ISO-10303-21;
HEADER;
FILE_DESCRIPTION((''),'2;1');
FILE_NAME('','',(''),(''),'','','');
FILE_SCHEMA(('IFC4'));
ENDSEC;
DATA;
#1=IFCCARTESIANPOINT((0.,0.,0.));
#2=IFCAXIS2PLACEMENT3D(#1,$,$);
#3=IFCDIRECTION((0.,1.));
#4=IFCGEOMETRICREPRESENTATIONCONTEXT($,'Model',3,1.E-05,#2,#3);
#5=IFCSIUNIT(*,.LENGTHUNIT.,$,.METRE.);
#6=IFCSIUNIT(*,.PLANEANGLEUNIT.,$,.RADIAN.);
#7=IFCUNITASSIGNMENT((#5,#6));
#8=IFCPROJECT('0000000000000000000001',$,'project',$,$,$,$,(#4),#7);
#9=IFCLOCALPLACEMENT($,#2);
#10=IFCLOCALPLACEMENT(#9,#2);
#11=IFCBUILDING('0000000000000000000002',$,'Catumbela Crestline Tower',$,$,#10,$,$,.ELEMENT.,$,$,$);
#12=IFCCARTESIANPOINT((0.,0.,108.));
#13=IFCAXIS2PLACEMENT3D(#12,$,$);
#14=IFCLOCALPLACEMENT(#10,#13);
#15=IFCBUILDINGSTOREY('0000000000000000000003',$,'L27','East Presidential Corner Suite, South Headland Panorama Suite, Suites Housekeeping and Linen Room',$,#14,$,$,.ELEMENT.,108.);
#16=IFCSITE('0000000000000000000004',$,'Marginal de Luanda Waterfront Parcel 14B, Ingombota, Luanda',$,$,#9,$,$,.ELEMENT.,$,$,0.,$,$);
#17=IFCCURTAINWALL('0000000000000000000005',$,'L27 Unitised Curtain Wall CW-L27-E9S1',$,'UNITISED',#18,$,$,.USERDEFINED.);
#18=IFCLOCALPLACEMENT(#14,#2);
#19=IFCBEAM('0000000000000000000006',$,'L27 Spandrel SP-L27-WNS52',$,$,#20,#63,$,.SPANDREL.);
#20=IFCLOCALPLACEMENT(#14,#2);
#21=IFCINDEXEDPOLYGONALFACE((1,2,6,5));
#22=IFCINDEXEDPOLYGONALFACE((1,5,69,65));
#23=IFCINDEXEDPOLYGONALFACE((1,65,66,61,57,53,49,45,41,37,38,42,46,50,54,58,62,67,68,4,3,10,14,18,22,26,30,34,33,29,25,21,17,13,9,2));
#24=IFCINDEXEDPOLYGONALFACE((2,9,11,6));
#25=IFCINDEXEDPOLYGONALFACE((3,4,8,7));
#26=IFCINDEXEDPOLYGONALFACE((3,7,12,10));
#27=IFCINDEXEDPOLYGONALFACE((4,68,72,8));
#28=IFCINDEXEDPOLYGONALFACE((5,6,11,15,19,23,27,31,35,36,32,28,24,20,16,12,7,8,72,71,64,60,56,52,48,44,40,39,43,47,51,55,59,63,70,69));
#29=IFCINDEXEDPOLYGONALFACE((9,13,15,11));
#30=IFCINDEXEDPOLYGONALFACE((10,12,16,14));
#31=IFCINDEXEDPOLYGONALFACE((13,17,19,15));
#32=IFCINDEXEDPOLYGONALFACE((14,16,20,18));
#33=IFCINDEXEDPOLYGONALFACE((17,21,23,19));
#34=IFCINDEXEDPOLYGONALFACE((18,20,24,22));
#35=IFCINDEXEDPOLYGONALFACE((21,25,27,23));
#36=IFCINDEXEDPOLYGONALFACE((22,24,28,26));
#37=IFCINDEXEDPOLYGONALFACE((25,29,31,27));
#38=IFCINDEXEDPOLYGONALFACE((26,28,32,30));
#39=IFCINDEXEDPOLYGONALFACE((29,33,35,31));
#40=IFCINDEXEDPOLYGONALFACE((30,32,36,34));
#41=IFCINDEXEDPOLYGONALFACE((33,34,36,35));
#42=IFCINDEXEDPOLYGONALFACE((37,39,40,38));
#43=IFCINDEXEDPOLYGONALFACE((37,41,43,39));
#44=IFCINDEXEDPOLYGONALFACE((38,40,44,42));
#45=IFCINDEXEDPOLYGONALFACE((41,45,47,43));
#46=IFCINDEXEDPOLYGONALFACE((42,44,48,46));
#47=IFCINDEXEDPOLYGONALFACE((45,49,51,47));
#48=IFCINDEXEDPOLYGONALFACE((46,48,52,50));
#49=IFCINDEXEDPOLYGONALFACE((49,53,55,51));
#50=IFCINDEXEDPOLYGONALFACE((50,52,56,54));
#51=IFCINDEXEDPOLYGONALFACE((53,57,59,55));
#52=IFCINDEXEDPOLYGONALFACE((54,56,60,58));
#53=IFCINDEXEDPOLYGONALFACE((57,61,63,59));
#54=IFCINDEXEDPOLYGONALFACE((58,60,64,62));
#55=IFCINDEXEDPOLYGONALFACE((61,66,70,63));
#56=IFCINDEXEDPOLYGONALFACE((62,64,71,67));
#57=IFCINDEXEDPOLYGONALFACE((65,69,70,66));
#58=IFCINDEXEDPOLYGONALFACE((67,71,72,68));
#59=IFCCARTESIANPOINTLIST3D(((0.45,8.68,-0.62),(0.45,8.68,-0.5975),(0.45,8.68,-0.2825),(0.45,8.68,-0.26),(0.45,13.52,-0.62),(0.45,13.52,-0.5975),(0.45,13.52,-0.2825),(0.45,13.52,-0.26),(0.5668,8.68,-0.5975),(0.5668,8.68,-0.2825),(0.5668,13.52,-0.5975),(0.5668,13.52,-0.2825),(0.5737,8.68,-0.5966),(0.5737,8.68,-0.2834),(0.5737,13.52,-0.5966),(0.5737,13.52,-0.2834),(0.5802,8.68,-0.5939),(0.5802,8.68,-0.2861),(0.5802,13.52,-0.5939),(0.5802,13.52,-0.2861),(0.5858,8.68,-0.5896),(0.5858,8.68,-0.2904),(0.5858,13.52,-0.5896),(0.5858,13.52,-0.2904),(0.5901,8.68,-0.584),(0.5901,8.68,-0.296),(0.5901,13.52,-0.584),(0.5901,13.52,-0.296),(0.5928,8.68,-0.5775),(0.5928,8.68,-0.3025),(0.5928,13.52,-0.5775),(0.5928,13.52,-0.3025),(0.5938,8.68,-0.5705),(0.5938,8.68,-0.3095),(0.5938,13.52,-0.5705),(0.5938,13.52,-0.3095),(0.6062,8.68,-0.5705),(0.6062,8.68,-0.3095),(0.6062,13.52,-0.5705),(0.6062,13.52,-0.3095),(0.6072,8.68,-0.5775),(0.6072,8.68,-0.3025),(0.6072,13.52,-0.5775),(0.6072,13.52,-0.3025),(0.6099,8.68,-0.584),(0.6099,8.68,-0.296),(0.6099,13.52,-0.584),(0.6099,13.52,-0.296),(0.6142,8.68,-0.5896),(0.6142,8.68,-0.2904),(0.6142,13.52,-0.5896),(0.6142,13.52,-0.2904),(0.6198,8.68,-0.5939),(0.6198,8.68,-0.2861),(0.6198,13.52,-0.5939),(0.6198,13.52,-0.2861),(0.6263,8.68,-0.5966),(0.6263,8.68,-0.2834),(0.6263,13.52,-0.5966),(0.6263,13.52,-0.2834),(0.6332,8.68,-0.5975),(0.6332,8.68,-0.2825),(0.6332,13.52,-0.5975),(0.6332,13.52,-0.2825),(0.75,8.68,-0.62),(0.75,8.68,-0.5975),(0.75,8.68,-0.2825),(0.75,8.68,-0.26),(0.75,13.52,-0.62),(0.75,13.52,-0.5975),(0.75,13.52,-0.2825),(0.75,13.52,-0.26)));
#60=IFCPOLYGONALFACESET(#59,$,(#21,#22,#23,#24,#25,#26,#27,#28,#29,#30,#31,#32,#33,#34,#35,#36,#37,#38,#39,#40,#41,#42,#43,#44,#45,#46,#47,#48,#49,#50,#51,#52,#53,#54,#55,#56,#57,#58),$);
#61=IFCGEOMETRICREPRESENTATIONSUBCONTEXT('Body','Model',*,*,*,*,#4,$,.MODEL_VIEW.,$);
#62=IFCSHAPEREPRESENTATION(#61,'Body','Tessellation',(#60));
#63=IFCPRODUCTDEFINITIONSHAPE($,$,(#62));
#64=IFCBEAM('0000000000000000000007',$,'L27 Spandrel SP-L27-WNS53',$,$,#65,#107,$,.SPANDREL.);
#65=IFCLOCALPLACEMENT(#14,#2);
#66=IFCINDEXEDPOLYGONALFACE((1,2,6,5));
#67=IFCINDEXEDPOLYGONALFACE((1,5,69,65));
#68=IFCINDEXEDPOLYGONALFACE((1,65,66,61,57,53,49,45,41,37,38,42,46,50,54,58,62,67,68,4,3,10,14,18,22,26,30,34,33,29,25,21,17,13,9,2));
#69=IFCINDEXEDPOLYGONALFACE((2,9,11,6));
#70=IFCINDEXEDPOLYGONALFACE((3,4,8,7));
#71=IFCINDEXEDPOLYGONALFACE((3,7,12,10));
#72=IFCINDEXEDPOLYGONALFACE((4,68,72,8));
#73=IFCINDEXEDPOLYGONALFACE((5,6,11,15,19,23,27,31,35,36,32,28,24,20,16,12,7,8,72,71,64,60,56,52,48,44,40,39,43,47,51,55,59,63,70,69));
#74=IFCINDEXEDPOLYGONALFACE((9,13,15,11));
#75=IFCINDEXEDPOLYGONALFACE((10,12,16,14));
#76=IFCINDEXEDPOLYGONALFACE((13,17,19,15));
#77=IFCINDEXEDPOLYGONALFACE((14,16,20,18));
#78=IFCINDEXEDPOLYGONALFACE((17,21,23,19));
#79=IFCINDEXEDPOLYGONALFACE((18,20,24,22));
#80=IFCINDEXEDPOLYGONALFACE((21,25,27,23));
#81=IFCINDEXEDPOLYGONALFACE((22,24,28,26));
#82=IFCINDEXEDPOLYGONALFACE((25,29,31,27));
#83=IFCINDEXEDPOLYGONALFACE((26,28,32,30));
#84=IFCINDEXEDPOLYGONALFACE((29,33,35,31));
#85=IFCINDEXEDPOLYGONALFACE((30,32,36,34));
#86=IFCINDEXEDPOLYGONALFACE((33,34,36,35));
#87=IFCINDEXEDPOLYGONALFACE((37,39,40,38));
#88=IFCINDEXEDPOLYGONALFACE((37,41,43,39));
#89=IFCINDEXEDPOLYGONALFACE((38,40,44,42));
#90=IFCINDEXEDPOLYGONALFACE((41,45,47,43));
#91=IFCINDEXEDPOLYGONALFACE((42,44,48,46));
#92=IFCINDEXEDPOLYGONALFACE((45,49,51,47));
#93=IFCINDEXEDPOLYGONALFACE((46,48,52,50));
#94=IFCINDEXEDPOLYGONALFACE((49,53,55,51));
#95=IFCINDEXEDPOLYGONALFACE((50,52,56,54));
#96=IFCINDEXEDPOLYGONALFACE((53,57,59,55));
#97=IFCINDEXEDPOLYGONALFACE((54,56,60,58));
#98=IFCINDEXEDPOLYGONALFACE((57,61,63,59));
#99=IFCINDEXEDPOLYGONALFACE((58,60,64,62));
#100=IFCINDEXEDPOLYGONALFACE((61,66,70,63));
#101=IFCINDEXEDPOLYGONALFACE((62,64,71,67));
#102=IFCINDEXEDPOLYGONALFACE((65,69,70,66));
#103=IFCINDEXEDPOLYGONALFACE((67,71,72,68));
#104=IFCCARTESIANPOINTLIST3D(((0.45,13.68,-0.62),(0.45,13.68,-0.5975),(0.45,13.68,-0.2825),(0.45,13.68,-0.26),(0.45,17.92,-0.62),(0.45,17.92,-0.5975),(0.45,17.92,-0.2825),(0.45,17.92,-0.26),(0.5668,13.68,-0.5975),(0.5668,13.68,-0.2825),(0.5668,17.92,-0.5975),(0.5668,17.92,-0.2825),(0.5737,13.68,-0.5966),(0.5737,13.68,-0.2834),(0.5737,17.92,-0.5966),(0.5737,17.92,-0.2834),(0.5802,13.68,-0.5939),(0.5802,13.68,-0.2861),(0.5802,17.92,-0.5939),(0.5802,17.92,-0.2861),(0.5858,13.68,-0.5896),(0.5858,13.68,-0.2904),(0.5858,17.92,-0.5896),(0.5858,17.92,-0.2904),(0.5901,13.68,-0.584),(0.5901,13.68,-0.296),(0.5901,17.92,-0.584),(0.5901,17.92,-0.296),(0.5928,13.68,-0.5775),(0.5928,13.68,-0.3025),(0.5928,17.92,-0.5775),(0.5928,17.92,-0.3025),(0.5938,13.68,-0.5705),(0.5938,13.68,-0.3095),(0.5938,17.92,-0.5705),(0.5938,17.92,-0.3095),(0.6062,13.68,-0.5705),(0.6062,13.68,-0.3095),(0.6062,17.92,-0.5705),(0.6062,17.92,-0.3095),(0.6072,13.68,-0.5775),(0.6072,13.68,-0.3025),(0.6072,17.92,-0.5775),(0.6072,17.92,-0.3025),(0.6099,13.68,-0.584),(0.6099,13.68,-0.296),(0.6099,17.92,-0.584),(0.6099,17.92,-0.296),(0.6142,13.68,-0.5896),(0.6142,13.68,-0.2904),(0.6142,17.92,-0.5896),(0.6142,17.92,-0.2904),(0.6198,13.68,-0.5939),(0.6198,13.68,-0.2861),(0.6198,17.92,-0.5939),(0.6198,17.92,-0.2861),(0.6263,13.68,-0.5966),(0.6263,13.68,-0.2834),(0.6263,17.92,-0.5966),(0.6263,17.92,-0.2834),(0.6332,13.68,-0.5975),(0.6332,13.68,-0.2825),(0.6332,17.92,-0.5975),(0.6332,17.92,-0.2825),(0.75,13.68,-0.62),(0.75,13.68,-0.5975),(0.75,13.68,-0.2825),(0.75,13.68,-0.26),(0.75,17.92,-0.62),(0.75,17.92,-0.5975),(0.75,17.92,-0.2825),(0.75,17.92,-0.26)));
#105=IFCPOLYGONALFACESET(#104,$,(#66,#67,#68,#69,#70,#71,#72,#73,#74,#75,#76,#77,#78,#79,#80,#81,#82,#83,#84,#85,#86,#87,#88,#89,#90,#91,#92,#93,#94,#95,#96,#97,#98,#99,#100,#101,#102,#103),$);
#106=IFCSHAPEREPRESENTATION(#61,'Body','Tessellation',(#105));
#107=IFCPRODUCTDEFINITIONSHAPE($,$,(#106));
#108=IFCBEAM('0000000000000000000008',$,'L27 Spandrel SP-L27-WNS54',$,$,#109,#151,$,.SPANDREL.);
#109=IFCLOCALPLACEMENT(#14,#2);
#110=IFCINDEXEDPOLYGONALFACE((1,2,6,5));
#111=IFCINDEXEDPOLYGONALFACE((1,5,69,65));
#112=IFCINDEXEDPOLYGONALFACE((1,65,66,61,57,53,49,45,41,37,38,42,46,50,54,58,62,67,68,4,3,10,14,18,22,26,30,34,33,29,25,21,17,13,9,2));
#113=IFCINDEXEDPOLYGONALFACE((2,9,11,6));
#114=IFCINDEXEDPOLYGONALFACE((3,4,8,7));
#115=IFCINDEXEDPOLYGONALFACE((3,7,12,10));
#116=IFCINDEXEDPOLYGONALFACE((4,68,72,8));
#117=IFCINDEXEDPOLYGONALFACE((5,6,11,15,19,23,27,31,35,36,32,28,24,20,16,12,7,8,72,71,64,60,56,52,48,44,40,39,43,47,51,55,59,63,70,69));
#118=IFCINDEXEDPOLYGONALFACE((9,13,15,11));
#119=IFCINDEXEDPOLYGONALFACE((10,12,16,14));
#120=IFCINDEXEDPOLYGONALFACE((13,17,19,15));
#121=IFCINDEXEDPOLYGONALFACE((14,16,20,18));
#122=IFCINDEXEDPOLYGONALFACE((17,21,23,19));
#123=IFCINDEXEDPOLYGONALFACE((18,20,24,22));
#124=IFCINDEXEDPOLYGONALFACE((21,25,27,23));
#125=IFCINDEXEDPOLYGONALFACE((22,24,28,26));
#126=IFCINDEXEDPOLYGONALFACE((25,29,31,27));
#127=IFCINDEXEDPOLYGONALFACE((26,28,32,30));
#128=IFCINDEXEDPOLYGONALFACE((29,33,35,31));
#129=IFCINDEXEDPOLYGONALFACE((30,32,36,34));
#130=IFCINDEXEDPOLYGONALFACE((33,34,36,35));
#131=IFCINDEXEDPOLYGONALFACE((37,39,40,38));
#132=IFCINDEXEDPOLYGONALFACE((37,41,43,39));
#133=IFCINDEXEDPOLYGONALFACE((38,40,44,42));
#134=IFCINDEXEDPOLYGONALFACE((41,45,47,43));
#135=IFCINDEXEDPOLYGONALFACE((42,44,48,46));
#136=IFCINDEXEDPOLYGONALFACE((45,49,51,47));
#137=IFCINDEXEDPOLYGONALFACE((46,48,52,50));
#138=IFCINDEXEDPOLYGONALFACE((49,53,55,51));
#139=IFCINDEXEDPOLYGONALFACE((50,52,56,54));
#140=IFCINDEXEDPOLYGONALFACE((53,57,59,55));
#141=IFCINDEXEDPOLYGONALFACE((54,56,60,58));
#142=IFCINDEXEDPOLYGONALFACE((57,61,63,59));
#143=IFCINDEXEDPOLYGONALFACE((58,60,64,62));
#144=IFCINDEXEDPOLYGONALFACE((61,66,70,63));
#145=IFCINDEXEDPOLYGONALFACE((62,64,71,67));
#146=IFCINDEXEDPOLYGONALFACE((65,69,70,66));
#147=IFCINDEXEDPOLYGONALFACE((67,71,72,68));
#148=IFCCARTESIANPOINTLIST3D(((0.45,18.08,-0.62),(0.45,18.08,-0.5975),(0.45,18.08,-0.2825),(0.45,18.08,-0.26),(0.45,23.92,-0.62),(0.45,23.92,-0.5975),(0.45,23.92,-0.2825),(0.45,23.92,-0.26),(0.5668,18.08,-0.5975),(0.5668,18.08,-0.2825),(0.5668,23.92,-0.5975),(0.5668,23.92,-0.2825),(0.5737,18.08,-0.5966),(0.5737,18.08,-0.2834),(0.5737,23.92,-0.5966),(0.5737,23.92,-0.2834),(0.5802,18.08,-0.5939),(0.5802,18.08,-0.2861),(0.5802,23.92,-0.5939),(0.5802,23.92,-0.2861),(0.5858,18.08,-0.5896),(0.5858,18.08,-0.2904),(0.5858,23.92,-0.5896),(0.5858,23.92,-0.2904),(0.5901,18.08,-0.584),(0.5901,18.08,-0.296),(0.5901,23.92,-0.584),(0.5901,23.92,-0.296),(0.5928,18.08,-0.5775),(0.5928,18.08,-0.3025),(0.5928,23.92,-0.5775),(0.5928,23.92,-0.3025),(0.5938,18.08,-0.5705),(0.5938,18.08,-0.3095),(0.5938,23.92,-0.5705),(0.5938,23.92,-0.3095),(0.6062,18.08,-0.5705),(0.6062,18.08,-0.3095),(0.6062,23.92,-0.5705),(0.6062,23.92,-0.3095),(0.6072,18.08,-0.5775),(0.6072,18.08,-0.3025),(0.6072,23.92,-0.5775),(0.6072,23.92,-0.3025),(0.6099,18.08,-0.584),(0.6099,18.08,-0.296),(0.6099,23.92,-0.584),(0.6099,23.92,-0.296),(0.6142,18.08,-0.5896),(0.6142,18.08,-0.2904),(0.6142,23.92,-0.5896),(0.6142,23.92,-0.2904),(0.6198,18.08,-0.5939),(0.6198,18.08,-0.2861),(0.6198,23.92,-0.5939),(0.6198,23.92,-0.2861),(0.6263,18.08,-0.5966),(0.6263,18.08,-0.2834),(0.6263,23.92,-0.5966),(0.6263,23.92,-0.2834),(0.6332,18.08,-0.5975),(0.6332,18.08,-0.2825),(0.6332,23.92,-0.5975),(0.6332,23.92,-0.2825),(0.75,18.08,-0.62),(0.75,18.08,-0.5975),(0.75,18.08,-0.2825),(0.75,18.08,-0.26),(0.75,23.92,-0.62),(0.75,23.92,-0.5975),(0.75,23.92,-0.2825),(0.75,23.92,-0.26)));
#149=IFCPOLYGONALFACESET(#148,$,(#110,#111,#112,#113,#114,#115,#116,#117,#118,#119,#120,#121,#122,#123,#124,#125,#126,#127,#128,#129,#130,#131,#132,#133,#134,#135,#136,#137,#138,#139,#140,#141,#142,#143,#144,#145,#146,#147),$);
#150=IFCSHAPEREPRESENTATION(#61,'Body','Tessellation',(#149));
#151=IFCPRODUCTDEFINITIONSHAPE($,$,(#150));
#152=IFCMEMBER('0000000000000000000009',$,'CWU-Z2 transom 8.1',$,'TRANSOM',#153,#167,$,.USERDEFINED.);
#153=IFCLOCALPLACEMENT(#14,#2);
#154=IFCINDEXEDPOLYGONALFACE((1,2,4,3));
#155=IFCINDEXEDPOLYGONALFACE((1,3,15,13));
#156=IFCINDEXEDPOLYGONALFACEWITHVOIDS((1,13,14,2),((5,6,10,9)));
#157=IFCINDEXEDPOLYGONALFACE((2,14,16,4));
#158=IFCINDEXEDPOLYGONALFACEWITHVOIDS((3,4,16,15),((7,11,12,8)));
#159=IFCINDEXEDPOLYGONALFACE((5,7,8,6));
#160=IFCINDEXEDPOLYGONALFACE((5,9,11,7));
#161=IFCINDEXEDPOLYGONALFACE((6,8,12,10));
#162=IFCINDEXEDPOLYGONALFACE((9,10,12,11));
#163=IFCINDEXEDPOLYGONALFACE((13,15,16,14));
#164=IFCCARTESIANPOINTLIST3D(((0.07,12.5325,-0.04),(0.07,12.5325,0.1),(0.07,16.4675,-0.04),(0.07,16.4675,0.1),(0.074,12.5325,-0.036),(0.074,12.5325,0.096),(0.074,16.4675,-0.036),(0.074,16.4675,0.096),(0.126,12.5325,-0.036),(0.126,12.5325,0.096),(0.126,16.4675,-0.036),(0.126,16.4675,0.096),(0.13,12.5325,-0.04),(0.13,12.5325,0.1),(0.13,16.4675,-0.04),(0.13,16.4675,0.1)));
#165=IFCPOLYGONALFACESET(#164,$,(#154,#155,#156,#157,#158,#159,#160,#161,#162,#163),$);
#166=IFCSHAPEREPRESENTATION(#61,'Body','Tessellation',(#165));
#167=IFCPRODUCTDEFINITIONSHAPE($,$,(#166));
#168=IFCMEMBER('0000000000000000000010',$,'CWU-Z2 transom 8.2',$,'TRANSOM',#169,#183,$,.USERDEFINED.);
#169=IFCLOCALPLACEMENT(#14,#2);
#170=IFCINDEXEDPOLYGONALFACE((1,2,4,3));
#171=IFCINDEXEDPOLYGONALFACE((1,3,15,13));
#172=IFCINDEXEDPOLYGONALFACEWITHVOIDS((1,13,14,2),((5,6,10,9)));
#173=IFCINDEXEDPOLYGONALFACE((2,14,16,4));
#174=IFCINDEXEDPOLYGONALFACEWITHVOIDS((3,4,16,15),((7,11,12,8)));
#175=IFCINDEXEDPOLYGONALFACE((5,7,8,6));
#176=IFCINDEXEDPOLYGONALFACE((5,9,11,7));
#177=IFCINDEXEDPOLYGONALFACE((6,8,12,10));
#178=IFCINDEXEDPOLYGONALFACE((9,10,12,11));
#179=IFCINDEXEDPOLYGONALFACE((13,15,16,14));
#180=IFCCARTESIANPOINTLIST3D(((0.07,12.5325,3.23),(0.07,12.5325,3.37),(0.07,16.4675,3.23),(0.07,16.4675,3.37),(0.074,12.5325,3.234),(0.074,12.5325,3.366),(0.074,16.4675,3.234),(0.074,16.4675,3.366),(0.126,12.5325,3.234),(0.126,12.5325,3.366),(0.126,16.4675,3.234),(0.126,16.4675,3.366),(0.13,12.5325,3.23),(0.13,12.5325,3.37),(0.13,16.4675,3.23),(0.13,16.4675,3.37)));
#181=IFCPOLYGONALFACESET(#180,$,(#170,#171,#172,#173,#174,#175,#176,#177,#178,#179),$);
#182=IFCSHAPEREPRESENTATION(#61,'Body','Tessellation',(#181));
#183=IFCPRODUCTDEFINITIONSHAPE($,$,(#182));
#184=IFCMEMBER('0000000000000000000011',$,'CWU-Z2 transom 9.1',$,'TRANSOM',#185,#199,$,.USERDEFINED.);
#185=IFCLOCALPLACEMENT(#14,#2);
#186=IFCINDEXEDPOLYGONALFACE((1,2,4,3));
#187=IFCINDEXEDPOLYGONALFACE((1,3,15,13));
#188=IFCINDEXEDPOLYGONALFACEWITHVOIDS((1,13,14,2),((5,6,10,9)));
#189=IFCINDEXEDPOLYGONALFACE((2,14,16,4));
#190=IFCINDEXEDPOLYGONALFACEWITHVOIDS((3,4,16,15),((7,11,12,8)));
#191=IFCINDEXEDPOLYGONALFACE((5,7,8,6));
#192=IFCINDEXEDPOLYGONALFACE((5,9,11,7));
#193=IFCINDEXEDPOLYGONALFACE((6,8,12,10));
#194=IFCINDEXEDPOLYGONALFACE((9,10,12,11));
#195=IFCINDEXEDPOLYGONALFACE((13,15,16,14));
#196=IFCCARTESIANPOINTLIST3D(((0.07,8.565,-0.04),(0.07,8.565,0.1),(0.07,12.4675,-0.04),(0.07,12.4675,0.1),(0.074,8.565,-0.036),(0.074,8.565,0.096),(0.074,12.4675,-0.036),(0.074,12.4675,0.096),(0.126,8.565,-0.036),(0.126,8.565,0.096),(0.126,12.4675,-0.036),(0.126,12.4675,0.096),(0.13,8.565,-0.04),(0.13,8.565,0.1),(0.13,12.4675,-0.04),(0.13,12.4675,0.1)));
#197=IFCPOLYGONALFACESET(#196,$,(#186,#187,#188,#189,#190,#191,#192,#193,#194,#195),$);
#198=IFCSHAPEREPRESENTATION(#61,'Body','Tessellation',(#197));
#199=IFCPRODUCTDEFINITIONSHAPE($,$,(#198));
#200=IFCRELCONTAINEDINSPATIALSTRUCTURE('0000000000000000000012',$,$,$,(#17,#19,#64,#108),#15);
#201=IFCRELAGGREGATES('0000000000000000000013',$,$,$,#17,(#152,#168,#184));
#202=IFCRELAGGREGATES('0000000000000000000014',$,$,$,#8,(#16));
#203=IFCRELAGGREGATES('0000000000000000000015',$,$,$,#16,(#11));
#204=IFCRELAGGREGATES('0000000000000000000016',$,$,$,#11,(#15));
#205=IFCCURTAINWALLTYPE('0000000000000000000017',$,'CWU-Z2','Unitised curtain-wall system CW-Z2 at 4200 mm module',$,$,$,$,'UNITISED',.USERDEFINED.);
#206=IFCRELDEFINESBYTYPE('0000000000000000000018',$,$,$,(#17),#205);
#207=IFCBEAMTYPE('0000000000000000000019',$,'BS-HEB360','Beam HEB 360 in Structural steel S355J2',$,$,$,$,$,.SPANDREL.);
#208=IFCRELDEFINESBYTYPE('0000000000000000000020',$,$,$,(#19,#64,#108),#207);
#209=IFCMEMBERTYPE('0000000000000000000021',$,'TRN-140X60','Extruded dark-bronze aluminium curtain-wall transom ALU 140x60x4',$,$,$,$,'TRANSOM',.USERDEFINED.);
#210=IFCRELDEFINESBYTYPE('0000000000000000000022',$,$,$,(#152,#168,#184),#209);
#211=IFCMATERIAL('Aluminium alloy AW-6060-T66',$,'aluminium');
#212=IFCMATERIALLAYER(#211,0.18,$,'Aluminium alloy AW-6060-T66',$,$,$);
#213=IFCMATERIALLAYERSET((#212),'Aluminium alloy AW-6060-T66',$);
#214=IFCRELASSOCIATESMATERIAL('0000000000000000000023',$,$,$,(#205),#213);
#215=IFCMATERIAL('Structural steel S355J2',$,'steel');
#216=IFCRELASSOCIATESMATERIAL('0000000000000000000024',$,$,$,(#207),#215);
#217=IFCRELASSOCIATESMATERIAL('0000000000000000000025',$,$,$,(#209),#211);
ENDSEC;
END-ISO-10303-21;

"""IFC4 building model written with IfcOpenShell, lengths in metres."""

from ifc_helpers import new_model, si_unit, direction, frame, origin, origin_2d, place, context, subcontext, project, spatial, hollow_rectangle, i_section, extrude, material, layer, layer_set, material_profile, profile_set, type_object, element, aggregate, save


model = new_model("IFC4")

# Units and contexts
model_context = context("Model", 3, precision=1e-05, world=origin(), true_north=direction((0.0, 1.0)))
body_context = subcontext(model_context, "Body", "Model", "MODEL_VIEW")
ifc_project = project(units=[si_unit("LENGTHUNIT", "METRE"), si_unit("PLANEANGLEUNIT", "RADIAN")], contexts=[model_context])

# Site, building, storey
site_placement = place(None, origin())
site = spatial("IfcSite", under=ifc_project, at=site_placement, Name="Marginal de Luanda Waterfront Parcel 14B, Ingombota, Luanda", CompositionType="ELEMENT", RefElevation=0.0)
building_placement = place(site_placement, origin())
building = spatial("IfcBuilding", under=site, at=building_placement, Name="Catumbela Crestline Tower", CompositionType="ELEMENT")
storey_placement = place(building_placement, frame((0.0, 0.0, 108.0)))
storey = spatial("IfcBuildingStorey", under=building, at=storey_placement, Name="L27", Description="East Presidential Corner Suite, South Headland Panorama Suite, Suites Housekeeping and Linen Room", CompositionType="ELEMENT", Elevation=108.0)

# Shared definitions
ifc_material_1 = material(Name="Structural steel S355J2", Category="steel")

# Curtain wall
ifc_material_2 = material(Name="Aluminium alloy AW-6060-T66", Category="aluminium")
ifc_layer_1 = layer(ifc_material_2, 0.18, Name="Aluminium alloy AW-6060-T66")
ifc_layer_set_1 = layer_set([ifc_layer_1], Name="Aluminium alloy AW-6060-T66")
curtain_wall_type = type_object("IfcCurtainWallType", Name="CWU-Z2", Description="Unitised curtain-wall system CW-Z2 at 4200 mm module", ElementType="UNITISED", PredefinedType="USERDEFINED", material=ifc_layer_set_1)
curtain_wall_placement = place(storey_placement, origin())
curtain_wall = element("IfcCurtainWall", 1, at=curtain_wall_placement, inside=storey, type_object=curtain_wall_type, Name="L27 Unitised Curtain Wall CW-L27-E9S1", ObjectType="UNITISED", PredefinedType="USERDEFINED")

# Beams
ifc_material_profile_1 = material_profile(ifc_material_1, i_section(OverallWidth=0.3, OverallDepth=0.36, WebThickness=0.0125, FlangeThickness=0.0225, FilletRadius=0.027, at=origin_2d()), Name="HEB 360")
ifc_profile_set_1 = profile_set([ifc_material_profile_1], Name="Structural steel S355J2")
beam_type_1 = type_object("IfcBeamType", Name="BS-HEB360", Description="Beam HEB 360 in Structural steel S355J2", PredefinedType="SPANDREL", material=ifc_profile_set_1)
beam_1_placement = place(storey_placement, frame((0.6, 8.68, -0.44), z_axis=(0.0, 1.0, 0.0), x_axis=(-1.0, 0.0, 0.0)))
element("IfcBeam", 2, at=beam_1_placement, inside=storey, type_object=beam_type_1, Name="L27 Spandrel SP-L27-WNS52", PredefinedType="SPANDREL", context=body_context, shape_type="SweptSolid", body=[
    extrude(i_section(OverallWidth=0.3, OverallDepth=0.36, WebThickness=0.0125, FlangeThickness=0.0225, FilletRadius=0.027, at=origin_2d()), origin(), (0.0, 0.0, 1.0), 4.84),
])
beam_2_placement = place(storey_placement, frame((0.6, 13.68, -0.44), z_axis=(0.0, 1.0, 0.0), x_axis=(-1.0, 0.0, 0.0)))
element("IfcBeam", 3, at=beam_2_placement, inside=storey, type_object=beam_type_1, Name="L27 Spandrel SP-L27-WNS53", PredefinedType="SPANDREL", context=body_context, shape_type="SweptSolid", body=[
    extrude(i_section(OverallWidth=0.3, OverallDepth=0.36, WebThickness=0.0125, FlangeThickness=0.0225, FilletRadius=0.027, at=origin_2d()), origin(), (0.0, 0.0, 1.0), 4.24),
])
beam_3_placement = place(storey_placement, frame((0.6, 18.08, -0.44), z_axis=(0.0, 1.0, 0.0), x_axis=(-1.0, 0.0, 0.0)))
element("IfcBeam", 4, at=beam_3_placement, inside=storey, type_object=beam_type_1, Name="L27 Spandrel SP-L27-WNS54", PredefinedType="SPANDREL", context=body_context, shape_type="SweptSolid", body=[
    extrude(i_section(OverallWidth=0.3, OverallDepth=0.36, WebThickness=0.0125, FlangeThickness=0.0225, FilletRadius=0.027, at=origin_2d()), origin(), (0.0, 0.0, 1.0), 5.84),
])

# Members
ifc_material_profile_2 = material_profile(ifc_material_2, hollow_rectangle(XDim=0.06, YDim=0.14, WallThickness=0.004, at=origin_2d()), Name="ALU 140x60x4")
ifc_profile_set_2 = profile_set([ifc_material_profile_2], Name="Aluminium alloy AW-6060-T66")
member_type_1 = type_object("IfcMemberType", Name="TRN-140X60", Description="Extruded dark-bronze aluminium curtain-wall transom ALU 140x60x4", ElementType="TRANSOM", PredefinedType="USERDEFINED", material=ifc_profile_set_2)
member_1_placement = place(storey_placement, frame((0.1, 16.4675, 0.03), z_axis=(0.0, -1.0, 0.0), x_axis=(1.0, 0.0, 0.0)))
member_1 = element("IfcMember", 5, at=member_1_placement, type_object=member_type_1, Name="CWU-Z2 transom 8.1", ObjectType="TRANSOM", PredefinedType="USERDEFINED", context=body_context, shape_type="SweptSolid", body=[
    extrude(hollow_rectangle(XDim=0.06, YDim=0.14, WallThickness=0.004, at=origin_2d()), origin(), (0.0, 0.0, 1.0), 3.935),
])
member_2_placement = place(storey_placement, frame((0.1, 16.4675, 3.3), z_axis=(0.0, -1.0, 0.0), x_axis=(1.0, 0.0, 0.0)))
member_2 = element("IfcMember", 6, at=member_2_placement, type_object=member_type_1, Name="CWU-Z2 transom 8.2", ObjectType="TRANSOM", PredefinedType="USERDEFINED", context=body_context, shape_type="SweptSolid", body=[
    extrude(hollow_rectangle(XDim=0.06, YDim=0.14, WallThickness=0.004, at=origin_2d()), origin(), (0.0, 0.0, 1.0), 3.935),
])
member_3_placement = place(storey_placement, frame((0.1, 12.4675, 0.03), z_axis=(0.0, -1.0, 0.0), x_axis=(1.0, 0.0, 0.0)))
member_3 = element("IfcMember", 7, at=member_3_placement, type_object=member_type_1, Name="CWU-Z2 transom 9.1", ObjectType="TRANSOM", PredefinedType="USERDEFINED", context=body_context, shape_type="SweptSolid", body=[
    extrude(hollow_rectangle(XDim=0.06, YDim=0.14, WallThickness=0.004, at=origin_2d()), origin(), (0.0, 0.0, 1.0), 3.9025),
])

aggregate(curtain_wall, [member_1, member_2, member_3])

save(model, "model.ifc")
